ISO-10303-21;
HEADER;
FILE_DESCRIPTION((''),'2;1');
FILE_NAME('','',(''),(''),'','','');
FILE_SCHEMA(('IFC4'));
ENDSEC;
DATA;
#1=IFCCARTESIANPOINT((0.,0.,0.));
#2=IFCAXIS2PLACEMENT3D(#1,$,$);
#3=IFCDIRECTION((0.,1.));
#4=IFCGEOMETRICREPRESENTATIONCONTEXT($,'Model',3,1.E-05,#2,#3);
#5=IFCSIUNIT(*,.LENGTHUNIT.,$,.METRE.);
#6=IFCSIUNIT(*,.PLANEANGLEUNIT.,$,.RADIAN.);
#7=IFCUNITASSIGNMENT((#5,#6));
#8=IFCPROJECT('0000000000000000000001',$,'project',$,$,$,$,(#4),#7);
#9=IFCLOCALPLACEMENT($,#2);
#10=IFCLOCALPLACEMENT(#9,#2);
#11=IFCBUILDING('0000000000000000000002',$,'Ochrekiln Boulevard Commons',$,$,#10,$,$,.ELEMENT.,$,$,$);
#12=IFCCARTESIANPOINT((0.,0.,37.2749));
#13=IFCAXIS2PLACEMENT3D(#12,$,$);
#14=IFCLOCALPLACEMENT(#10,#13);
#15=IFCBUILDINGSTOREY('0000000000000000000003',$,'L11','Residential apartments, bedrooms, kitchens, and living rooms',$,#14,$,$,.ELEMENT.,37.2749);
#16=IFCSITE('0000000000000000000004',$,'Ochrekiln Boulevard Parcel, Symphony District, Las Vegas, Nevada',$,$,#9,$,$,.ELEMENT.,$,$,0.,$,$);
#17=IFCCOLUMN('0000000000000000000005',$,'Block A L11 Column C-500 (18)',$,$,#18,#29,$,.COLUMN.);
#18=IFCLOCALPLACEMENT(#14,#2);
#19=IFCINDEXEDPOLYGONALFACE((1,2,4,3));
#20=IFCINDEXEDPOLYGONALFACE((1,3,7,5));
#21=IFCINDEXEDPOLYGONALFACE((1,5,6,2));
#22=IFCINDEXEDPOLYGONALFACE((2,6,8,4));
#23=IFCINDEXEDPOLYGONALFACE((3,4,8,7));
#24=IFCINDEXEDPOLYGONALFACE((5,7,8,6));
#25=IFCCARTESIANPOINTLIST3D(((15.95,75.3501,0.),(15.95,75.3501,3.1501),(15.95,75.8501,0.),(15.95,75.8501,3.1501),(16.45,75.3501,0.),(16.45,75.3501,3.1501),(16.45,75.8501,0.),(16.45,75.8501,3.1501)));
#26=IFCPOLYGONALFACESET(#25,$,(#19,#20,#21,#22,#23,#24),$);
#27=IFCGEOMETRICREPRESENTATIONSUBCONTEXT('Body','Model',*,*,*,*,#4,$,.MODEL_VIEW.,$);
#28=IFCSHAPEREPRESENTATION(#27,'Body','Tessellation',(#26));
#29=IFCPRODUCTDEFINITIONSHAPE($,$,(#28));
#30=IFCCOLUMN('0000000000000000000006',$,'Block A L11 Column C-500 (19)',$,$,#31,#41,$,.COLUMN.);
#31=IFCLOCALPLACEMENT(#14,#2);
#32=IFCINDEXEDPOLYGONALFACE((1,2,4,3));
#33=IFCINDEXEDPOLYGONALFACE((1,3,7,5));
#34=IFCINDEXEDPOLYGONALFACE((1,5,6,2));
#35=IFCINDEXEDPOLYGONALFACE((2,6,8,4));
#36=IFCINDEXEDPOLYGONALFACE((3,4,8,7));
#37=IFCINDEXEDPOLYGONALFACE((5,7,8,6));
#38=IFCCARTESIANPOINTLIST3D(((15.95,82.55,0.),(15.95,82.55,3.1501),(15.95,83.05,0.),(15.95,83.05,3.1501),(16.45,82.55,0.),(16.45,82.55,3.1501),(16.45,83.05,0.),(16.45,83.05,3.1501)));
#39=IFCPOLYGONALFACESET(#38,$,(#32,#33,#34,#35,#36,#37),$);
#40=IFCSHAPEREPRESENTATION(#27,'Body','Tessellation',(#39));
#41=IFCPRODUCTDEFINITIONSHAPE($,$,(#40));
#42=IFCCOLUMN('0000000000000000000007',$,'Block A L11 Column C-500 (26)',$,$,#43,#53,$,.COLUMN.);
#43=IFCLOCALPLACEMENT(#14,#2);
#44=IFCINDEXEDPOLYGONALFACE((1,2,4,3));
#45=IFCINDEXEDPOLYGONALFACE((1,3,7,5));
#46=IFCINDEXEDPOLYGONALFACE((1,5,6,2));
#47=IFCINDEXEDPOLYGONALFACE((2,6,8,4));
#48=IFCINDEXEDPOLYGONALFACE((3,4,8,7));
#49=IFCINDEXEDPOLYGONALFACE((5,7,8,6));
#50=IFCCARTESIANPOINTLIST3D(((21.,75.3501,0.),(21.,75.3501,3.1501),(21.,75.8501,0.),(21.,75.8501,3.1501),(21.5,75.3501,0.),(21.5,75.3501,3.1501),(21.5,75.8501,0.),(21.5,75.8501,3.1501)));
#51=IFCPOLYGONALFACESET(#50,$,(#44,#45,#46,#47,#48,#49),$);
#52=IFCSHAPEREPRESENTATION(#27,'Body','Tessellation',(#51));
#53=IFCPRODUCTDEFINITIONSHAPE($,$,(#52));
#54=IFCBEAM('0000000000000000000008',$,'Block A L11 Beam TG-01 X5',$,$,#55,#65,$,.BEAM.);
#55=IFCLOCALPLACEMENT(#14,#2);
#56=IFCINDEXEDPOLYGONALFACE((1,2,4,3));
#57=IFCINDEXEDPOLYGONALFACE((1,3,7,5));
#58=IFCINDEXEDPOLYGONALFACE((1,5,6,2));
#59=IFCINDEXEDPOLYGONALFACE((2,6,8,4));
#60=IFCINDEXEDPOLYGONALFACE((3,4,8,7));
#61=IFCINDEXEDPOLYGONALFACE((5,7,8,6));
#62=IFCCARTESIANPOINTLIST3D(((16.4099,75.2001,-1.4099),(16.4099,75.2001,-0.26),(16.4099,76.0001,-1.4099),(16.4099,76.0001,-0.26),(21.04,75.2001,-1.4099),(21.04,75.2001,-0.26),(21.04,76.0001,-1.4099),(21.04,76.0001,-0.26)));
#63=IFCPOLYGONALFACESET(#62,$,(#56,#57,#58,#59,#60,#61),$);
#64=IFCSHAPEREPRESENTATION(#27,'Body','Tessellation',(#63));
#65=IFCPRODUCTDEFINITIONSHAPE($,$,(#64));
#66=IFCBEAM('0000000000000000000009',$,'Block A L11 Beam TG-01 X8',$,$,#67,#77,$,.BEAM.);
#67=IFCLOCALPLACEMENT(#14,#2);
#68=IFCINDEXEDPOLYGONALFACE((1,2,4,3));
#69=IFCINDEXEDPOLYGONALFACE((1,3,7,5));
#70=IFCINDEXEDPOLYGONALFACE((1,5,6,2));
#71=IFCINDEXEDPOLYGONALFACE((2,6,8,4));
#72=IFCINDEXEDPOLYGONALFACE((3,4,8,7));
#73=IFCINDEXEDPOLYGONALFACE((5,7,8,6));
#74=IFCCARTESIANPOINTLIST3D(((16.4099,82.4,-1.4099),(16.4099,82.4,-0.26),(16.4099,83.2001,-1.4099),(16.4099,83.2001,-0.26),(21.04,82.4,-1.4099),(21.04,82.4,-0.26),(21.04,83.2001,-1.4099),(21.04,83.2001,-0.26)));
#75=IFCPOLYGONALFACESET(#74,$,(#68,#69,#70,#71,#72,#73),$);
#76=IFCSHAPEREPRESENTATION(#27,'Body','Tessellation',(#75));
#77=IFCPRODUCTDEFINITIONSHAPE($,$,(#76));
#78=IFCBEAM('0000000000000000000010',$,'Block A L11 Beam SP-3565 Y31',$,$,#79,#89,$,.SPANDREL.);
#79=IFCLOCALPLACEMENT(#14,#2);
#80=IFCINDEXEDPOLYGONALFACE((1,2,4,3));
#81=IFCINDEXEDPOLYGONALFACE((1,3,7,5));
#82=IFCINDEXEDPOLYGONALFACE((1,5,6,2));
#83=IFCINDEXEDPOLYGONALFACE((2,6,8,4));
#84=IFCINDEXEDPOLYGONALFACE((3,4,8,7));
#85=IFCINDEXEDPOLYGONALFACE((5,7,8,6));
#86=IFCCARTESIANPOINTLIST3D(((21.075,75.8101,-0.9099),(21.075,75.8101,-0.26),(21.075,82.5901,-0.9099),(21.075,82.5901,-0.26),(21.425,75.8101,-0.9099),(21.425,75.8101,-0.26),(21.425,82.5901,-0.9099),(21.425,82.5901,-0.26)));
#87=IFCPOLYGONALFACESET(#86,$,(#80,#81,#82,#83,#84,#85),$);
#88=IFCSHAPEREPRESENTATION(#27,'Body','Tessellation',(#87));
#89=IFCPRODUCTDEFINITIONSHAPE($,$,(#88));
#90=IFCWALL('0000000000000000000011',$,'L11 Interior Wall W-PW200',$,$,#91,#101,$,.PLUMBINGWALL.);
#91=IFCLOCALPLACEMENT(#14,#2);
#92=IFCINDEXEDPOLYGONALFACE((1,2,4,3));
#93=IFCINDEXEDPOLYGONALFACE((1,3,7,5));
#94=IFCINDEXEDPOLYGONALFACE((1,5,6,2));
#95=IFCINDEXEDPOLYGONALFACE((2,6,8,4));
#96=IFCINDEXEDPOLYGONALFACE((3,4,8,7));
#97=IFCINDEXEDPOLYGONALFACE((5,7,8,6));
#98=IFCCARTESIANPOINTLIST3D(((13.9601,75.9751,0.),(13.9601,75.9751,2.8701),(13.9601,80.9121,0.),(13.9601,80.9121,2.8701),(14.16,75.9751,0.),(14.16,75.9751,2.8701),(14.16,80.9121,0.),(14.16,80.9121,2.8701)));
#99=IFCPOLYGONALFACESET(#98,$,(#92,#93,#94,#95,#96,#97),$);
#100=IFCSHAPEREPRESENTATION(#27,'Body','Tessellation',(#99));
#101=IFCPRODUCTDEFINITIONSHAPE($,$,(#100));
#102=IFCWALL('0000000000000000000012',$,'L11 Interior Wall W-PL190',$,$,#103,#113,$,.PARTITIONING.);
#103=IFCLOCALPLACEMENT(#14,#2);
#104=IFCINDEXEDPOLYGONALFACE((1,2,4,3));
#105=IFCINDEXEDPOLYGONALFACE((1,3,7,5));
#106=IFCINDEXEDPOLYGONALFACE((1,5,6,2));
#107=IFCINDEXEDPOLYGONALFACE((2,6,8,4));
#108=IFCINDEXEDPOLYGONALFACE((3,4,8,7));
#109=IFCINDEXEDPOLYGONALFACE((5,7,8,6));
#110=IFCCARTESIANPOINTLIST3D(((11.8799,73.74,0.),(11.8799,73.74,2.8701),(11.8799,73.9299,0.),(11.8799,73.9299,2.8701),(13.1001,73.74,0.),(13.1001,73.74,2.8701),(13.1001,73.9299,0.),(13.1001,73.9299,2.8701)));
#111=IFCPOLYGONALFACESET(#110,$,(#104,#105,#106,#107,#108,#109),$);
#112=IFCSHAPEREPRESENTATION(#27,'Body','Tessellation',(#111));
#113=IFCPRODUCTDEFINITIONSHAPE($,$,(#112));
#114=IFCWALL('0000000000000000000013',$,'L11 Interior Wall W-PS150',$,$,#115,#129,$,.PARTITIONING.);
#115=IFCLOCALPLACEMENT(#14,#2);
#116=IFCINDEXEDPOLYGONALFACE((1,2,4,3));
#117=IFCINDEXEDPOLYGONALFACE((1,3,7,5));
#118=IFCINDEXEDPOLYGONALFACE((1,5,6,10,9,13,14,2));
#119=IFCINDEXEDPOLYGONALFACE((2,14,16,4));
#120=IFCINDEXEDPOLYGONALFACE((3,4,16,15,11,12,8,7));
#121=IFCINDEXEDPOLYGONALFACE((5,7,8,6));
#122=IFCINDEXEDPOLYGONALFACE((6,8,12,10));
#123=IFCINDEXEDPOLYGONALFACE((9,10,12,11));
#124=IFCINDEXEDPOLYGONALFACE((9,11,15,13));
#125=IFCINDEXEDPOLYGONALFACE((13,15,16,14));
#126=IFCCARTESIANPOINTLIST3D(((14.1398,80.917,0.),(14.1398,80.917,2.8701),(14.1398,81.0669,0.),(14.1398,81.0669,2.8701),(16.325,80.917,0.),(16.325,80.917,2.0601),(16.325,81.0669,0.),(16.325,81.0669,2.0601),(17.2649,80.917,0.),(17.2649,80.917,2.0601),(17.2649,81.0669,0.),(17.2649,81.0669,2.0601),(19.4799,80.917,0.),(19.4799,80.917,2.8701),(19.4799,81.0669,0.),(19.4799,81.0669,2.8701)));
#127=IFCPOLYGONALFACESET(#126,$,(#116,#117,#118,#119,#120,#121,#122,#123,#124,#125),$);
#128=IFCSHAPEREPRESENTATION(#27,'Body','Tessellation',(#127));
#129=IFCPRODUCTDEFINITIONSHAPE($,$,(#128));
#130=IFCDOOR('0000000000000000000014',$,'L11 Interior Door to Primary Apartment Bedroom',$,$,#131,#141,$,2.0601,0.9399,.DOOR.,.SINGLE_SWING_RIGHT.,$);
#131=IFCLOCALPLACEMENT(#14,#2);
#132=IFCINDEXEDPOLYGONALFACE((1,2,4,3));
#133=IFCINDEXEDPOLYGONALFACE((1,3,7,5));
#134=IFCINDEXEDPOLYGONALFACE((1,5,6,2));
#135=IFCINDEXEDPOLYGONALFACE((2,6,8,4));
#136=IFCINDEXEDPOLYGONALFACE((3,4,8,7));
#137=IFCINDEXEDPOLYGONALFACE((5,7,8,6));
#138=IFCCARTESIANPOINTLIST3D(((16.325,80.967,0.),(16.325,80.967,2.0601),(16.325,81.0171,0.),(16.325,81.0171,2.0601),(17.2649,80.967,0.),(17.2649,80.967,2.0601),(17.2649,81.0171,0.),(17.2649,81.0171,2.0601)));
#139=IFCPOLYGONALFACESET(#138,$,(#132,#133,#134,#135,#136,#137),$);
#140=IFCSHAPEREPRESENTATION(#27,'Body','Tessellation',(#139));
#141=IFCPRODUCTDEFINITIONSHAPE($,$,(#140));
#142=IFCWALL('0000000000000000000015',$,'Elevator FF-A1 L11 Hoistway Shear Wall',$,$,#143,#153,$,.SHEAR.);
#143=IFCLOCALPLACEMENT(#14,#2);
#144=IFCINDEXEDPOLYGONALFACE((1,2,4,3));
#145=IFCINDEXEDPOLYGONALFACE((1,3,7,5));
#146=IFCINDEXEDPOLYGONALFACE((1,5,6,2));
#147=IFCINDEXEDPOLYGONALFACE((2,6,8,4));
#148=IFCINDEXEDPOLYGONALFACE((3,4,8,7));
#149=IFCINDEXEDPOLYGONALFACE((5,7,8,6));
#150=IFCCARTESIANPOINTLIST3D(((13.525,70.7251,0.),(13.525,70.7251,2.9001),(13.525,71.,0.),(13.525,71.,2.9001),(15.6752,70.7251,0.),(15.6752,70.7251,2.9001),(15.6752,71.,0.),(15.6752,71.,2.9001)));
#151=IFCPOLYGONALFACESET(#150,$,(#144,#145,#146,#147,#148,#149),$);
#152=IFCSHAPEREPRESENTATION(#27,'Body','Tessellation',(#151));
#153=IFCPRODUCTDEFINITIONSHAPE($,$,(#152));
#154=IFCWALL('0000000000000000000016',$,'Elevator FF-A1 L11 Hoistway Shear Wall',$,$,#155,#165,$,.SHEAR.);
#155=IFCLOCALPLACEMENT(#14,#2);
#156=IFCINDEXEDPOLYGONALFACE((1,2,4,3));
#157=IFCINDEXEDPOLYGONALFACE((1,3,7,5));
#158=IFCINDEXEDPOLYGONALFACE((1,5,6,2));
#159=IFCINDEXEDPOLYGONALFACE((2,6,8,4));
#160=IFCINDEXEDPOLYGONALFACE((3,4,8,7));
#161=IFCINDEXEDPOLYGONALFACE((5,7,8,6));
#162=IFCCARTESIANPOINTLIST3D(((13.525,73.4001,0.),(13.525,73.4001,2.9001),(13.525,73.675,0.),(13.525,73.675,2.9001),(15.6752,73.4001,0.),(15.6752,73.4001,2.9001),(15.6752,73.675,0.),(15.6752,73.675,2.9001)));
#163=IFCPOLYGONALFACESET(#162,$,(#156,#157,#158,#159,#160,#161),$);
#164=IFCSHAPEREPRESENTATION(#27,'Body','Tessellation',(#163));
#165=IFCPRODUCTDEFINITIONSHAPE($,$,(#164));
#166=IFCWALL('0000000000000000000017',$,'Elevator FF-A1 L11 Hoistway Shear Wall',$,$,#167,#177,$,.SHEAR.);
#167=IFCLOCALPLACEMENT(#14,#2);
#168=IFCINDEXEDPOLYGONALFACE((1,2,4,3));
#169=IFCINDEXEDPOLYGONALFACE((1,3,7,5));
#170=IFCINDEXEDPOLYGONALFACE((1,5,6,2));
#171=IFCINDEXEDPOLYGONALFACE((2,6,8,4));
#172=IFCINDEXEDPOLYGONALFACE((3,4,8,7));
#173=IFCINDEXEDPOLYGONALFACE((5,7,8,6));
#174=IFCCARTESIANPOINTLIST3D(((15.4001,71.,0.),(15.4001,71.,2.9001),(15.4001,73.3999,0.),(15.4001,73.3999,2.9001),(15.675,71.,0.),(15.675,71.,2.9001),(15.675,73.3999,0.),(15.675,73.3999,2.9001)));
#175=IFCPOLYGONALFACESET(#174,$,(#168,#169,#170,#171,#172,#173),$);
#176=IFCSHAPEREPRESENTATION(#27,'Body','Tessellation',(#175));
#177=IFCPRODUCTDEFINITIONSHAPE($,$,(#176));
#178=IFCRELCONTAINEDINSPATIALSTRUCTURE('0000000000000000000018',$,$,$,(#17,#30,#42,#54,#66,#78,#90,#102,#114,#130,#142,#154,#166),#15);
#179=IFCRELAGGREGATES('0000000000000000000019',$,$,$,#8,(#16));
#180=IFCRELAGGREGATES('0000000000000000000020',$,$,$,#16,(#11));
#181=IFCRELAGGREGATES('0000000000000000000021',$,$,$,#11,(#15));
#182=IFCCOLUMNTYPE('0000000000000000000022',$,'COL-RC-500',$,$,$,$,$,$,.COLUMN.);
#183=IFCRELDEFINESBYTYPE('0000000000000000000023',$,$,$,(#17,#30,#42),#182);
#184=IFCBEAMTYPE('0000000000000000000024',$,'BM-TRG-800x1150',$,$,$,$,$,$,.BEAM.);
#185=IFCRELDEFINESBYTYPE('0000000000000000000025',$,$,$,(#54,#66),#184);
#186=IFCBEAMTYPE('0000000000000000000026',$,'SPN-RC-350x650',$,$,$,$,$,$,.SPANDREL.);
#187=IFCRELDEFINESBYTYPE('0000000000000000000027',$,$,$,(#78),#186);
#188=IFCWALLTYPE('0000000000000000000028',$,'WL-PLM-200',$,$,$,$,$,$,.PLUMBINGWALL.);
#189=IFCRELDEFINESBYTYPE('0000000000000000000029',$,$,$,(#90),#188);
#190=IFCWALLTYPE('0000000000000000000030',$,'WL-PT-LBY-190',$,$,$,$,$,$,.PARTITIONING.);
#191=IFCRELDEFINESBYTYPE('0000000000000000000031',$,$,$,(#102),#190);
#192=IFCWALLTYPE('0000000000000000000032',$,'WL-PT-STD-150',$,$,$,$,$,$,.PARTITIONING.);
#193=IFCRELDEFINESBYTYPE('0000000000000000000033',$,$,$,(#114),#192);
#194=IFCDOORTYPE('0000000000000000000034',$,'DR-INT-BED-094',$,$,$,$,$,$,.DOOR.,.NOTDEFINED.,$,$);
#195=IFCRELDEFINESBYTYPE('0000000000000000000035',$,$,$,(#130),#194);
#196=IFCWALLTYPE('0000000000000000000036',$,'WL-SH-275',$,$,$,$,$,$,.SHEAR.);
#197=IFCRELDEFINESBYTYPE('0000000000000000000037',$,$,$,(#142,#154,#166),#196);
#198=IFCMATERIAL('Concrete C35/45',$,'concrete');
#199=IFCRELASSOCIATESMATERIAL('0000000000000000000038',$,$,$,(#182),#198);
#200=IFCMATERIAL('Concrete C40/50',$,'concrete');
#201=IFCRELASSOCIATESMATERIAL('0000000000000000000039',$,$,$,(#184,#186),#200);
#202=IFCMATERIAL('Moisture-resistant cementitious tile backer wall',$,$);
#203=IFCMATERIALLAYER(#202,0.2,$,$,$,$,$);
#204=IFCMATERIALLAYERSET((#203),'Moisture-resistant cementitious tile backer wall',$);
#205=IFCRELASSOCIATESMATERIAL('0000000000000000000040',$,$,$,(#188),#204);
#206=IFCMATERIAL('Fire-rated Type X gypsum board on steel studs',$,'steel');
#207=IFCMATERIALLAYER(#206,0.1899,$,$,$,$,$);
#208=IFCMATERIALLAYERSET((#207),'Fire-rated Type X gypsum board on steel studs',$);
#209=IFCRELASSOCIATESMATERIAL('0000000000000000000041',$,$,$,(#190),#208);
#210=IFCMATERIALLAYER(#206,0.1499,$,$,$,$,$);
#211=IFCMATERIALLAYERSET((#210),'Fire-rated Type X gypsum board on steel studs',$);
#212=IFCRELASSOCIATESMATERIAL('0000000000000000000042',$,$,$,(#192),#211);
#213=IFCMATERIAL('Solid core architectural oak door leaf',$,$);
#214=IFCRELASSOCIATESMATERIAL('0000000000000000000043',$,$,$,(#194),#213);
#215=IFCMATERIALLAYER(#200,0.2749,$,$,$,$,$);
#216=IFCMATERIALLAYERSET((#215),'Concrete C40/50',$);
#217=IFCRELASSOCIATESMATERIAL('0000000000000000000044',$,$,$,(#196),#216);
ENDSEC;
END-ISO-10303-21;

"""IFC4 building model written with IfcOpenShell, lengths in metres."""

from ifc_helpers import new_model, si_unit, direction, frame, frame_2d, origin, origin_2d, place, context, subcontext, project, spatial, rectangle, extrude, material, layer, layer_set, material_profile, profile_set, type_object, element, fill, save


model = new_model("IFC4")

# Units and contexts
model_context = context("Model", 3, precision=1e-05, world=origin(), true_north=direction((0.0, 1.0)))
body_context = subcontext(model_context, "Body", "Model", "MODEL_VIEW")
ifc_project = project(units=[si_unit("LENGTHUNIT", "METRE"), si_unit("PLANEANGLEUNIT", "RADIAN")], contexts=[model_context])

# Site, building, storey
site_placement = place(None, origin())
site = spatial("IfcSite", under=ifc_project, at=site_placement, Name="Ochrekiln Boulevard Parcel, Symphony District, Las Vegas, Nevada", CompositionType="ELEMENT", RefElevation=0.0)
building_placement = place(site_placement, origin())
building = spatial("IfcBuilding", under=site, at=building_placement, Name="Ochrekiln Boulevard Commons", CompositionType="ELEMENT")
storey_placement = place(building_placement, frame((0.0, 0.0, 37.2749)))
storey = spatial("IfcBuildingStorey", under=building, at=storey_placement, Name="L11", Description="Residential apartments, bedrooms, kitchens, and living rooms", CompositionType="ELEMENT", Elevation=37.2749)

# Columns
ifc_material_1 = material(Name="Concrete C35/45", Category="concrete")
ifc_material_profile_1 = material_profile(ifc_material_1, rectangle(XDim=0.5, YDim=0.5, at=origin_2d()), Name="RC-COL-500x500")
ifc_profile_set_1 = profile_set([ifc_material_profile_1], Name="Concrete C35/45")
column_type = type_object("IfcColumnType", Name="COL-RC-500", PredefinedType="COLUMN", material=ifc_profile_set_1)
for number, where, z_axis, x_axis, name in (
    (1, (16.2, 75.6001, 0.0), (0.0, 0.0, 1.0), (1.0, 0.0, 0.0), "Block A L11 Column C-500 (18)"),
    (2, (16.2, 82.8, 0.0), (0.0, 0.0, 1.0), (1.0, 0.0, 0.0), "Block A L11 Column C-500 (19)"),
    (3, (21.25, 75.6001, 0.0), (0.0, 0.0, 1.0), (1.0, 0.0, 0.0), "Block A L11 Column C-500 (26)"),
):
    element("IfcColumn", number, at=place(storey_placement, frame(where, z_axis=z_axis, x_axis=x_axis)), inside=storey, type_object=column_type, Name=name, PredefinedType="COLUMN", context=body_context, shape_type="SweptSolid", body=[
        extrude(rectangle(XDim=0.5, YDim=0.5, at=origin_2d()), origin(), (0.0, 0.0, 1.0), 3.1501),
    ])

# Beams
ifc_material_2 = material(Name="Concrete C40/50", Category="concrete")
ifc_material_profile_2 = material_profile(ifc_material_2, rectangle(XDim=0.8, YDim=1.1499, at=origin_2d()), Name="RC-TRG-800x1150")
ifc_profile_set_2 = profile_set([ifc_material_profile_2], Name="Concrete C40/50")
beam_type_1 = type_object("IfcBeamType", Name="BM-TRG-800x1150", PredefinedType="BEAM", material=ifc_profile_set_2)
for number, where, z_axis, x_axis, name in (
    (4, (16.4099, 75.6001, -0.835), (1.0, 0.0, 0.0), (0.0, 1.0, 0.0), "Block A L11 Beam TG-01 X5"),
    (5, (16.4099, 82.8, -0.835), (1.0, 0.0, 0.0), (0.0, 1.0, 0.0), "Block A L11 Beam TG-01 X8"),
):
    element("IfcBeam", number, at=place(storey_placement, frame(where, z_axis=z_axis, x_axis=x_axis)), inside=storey, type_object=beam_type_1, Name=name, PredefinedType="BEAM", context=body_context, shape_type="SweptSolid", body=[
        extrude(rectangle(XDim=0.8, YDim=1.1499, at=origin_2d()), origin(), (0.0, 0.0, 1.0), 4.6301),
    ])
ifc_material_profile_3 = material_profile(ifc_material_2, rectangle(XDim=0.3501, YDim=0.6499, at=origin_2d()), Name="RC-SPN-350x650")
ifc_profile_set_3 = profile_set([ifc_material_profile_3], Name="Concrete C40/50")
beam_type_2 = type_object("IfcBeamType", Name="SPN-RC-350x650", PredefinedType="SPANDREL", material=ifc_profile_set_3)
beam_placement = place(storey_placement, frame((21.25, 75.8101, -0.585), z_axis=(0.0, 1.0, 0.0), x_axis=(-1.0, 0.0, 0.0)))
element("IfcBeam", 6, at=beam_placement, inside=storey, type_object=beam_type_2, Name="Block A L11 Beam SP-3565 Y31", PredefinedType="SPANDREL", context=body_context, shape_type="SweptSolid", body=[
    extrude(rectangle(XDim=0.3501, YDim=0.6499, at=origin_2d()), origin(), (0.0, 0.0, 1.0), 6.78),
])

# Walls
ifc_material_3 = material(Name="Moisture-resistant cementitious tile backer wall")
ifc_layer_1 = layer(ifc_material_3, 0.2)
ifc_layer_set_1 = layer_set([ifc_layer_1], Name="Moisture-resistant cementitious tile backer wall")
wall_type_1 = type_object("IfcWallType", Name="WL-PLM-200", PredefinedType="PLUMBINGWALL", material=ifc_layer_set_1)
wall_1_placement = place(storey_placement, frame((14.0601, 75.9751, 0.0), z_axis=(0.0, 0.0, 1.0), x_axis=(0.0, 1.0, 0.0)))
element("IfcWall", 7, at=wall_1_placement, inside=storey, type_object=wall_type_1, Name="L11 Interior Wall W-PW200", PredefinedType="PLUMBINGWALL", context=body_context, shape_type="SweptSolid", body=[
    extrude(rectangle(XDim=4.937, YDim=0.2, at=frame_2d((2.4685, 0.0))), origin(), (0.0, 0.0, 1.0), 2.8701),
])
ifc_material_4 = material(Name="Fire-rated Type X gypsum board on steel studs", Category="steel")
ifc_layer_2 = layer(ifc_material_4, 0.1899)
ifc_layer_set_2 = layer_set([ifc_layer_2], Name="Fire-rated Type X gypsum board on steel studs")
wall_type_2 = type_object("IfcWallType", Name="WL-PT-LBY-190", PredefinedType="PARTITIONING", material=ifc_layer_set_2)
wall_2_placement = place(storey_placement, frame((11.8799, 73.835, 0.0), z_axis=(0.0, 0.0, 1.0), x_axis=(1.0, 0.0, 0.0)))
element("IfcWall", 8, at=wall_2_placement, inside=storey, type_object=wall_type_2, Name="L11 Interior Wall W-PL190", PredefinedType="PARTITIONING", context=body_context, shape_type="SweptSolid", body=[
    extrude(rectangle(XDim=1.2202, YDim=0.1899, at=frame_2d((0.6101, 0.0))), origin(), (0.0, 0.0, 1.0), 2.8701),
])

# Wall, opening, door
ifc_layer_3 = layer(ifc_material_4, 0.1499)
ifc_layer_set_3 = layer_set([ifc_layer_3], Name="Fire-rated Type X gypsum board on steel studs")
wall_type_3 = type_object("IfcWallType", Name="WL-PT-STD-150", PredefinedType="PARTITIONING", material=ifc_layer_set_3)
wall_3_placement = place(storey_placement, frame((14.1399, 80.9919, 0.0), z_axis=(0.0, 0.0, 1.0), x_axis=(1.0, 0.0, 0.0)))
wall_3 = element("IfcWall", 9, at=wall_3_placement, inside=storey, type_object=wall_type_3, Name="L11 Interior Wall W-PS150", PredefinedType="PARTITIONING", context=body_context, shape_type="SweptSolid", body=[
    extrude(rectangle(XDim=5.3401, YDim=0.1499, at=frame_2d((2.6699, 0.0))), origin(), (0.0, 0.0, 1.0), 2.8701),
])
opening_1_placement = place(wall_3_placement, frame((2.1851, 0.0, 0.0)))
opening_1 = element("IfcOpeningElement", 10, at=opening_1_placement, cuts=wall_3, PredefinedType="OPENING", context=body_context, shape_type="SweptSolid", body=[
    extrude(rectangle(XDim=0.9399, YDim=2.0601, at=frame_2d((0.47, 1.03))), frame((0.0, 0.085, 0.0), z_axis=(0.0, -1.0, 0.0), x_axis=(1.0, 0.0, 0.0)), (0.0, 0.0, 1.0), 0.1699),
])
ifc_material_5 = material(Name="Solid core architectural oak door leaf")
door_type_1 = type_object("IfcDoorType", Name="DR-INT-BED-094", OperationType="NOTDEFINED", PredefinedType="DOOR", material=ifc_material_5)
door_1_placement = place(opening_1_placement, frame((0.9399, 0.0, 0.0), z_axis=(0.0, 0.0, 1.0), x_axis=(-1.0, 0.0, 0.0)))
door_1 = element("IfcDoor", 11, at=door_1_placement, inside=storey, type_object=door_type_1, Name="L11 Interior Door to Primary Apartment Bedroom", OperationType="SINGLE_SWING_RIGHT", OverallHeight=2.0601, OverallWidth=0.9399, PredefinedType="DOOR", context=body_context, shape_type="SweptSolid", body=[
    extrude(rectangle(XDim=0.9399, YDim=2.0601, at=frame_2d((0.47, 1.03))), frame((0.0, 0.0249, 0.0), z_axis=(0.0, -1.0, 0.0), x_axis=(1.0, 0.0, 0.0)), (0.0, 0.0, 1.0), 0.05),
])
fill(opening_1, door_1)

# Walls
ifc_layer_4 = layer(ifc_material_2, 0.2749)
ifc_layer_set_4 = layer_set([ifc_layer_4], Name="Concrete C40/50")
wall_type_4 = type_object("IfcWallType", Name="WL-SH-275", PredefinedType="SHEAR", material=ifc_layer_set_4)
for number, where, z_axis, x_axis, name in (
    (12, (13.5249, 70.8625, 0.0), (0.0, 0.0, 1.0), (1.0, 0.0, 0.0), "Elevator FF-A1 L11 Hoistway Shear Wall"),
    (13, (13.5249, 73.5376, 0.0), (0.0, 0.0, 1.0), (1.0, 0.0, 0.0), "Elevator FF-A1 L11 Hoistway Shear Wall"),
):
    element("IfcWall", number, at=place(storey_placement, frame(where, z_axis=z_axis, x_axis=x_axis)), inside=storey, type_object=wall_type_4, Name=name, PredefinedType="SHEAR", context=body_context, shape_type="SweptSolid", body=[
        extrude(rectangle(XDim=2.1501, YDim=0.2749, at=frame_2d((1.0752, 0.0))), origin(), (0.0, 0.0, 1.0), 2.9001),
    ])

# Wall
wall_4_placement = place(storey_placement, frame((15.5376, 71.0, 0.0), z_axis=(0.0, 0.0, 1.0), x_axis=(0.0, 1.0, 0.0)))
element("IfcWall", 14, at=wall_4_placement, inside=storey, type_object=wall_type_4, Name="Elevator FF-A1 L11 Hoistway Shear Wall", PredefinedType="SHEAR", context=body_context, shape_type="SweptSolid", body=[
    extrude(rectangle(XDim=2.3999, YDim=0.2749, at=frame_2d((1.2, 0.0))), origin(), (0.0, 0.0, 1.0), 2.9001),
])

save(model, "model.ifc")
